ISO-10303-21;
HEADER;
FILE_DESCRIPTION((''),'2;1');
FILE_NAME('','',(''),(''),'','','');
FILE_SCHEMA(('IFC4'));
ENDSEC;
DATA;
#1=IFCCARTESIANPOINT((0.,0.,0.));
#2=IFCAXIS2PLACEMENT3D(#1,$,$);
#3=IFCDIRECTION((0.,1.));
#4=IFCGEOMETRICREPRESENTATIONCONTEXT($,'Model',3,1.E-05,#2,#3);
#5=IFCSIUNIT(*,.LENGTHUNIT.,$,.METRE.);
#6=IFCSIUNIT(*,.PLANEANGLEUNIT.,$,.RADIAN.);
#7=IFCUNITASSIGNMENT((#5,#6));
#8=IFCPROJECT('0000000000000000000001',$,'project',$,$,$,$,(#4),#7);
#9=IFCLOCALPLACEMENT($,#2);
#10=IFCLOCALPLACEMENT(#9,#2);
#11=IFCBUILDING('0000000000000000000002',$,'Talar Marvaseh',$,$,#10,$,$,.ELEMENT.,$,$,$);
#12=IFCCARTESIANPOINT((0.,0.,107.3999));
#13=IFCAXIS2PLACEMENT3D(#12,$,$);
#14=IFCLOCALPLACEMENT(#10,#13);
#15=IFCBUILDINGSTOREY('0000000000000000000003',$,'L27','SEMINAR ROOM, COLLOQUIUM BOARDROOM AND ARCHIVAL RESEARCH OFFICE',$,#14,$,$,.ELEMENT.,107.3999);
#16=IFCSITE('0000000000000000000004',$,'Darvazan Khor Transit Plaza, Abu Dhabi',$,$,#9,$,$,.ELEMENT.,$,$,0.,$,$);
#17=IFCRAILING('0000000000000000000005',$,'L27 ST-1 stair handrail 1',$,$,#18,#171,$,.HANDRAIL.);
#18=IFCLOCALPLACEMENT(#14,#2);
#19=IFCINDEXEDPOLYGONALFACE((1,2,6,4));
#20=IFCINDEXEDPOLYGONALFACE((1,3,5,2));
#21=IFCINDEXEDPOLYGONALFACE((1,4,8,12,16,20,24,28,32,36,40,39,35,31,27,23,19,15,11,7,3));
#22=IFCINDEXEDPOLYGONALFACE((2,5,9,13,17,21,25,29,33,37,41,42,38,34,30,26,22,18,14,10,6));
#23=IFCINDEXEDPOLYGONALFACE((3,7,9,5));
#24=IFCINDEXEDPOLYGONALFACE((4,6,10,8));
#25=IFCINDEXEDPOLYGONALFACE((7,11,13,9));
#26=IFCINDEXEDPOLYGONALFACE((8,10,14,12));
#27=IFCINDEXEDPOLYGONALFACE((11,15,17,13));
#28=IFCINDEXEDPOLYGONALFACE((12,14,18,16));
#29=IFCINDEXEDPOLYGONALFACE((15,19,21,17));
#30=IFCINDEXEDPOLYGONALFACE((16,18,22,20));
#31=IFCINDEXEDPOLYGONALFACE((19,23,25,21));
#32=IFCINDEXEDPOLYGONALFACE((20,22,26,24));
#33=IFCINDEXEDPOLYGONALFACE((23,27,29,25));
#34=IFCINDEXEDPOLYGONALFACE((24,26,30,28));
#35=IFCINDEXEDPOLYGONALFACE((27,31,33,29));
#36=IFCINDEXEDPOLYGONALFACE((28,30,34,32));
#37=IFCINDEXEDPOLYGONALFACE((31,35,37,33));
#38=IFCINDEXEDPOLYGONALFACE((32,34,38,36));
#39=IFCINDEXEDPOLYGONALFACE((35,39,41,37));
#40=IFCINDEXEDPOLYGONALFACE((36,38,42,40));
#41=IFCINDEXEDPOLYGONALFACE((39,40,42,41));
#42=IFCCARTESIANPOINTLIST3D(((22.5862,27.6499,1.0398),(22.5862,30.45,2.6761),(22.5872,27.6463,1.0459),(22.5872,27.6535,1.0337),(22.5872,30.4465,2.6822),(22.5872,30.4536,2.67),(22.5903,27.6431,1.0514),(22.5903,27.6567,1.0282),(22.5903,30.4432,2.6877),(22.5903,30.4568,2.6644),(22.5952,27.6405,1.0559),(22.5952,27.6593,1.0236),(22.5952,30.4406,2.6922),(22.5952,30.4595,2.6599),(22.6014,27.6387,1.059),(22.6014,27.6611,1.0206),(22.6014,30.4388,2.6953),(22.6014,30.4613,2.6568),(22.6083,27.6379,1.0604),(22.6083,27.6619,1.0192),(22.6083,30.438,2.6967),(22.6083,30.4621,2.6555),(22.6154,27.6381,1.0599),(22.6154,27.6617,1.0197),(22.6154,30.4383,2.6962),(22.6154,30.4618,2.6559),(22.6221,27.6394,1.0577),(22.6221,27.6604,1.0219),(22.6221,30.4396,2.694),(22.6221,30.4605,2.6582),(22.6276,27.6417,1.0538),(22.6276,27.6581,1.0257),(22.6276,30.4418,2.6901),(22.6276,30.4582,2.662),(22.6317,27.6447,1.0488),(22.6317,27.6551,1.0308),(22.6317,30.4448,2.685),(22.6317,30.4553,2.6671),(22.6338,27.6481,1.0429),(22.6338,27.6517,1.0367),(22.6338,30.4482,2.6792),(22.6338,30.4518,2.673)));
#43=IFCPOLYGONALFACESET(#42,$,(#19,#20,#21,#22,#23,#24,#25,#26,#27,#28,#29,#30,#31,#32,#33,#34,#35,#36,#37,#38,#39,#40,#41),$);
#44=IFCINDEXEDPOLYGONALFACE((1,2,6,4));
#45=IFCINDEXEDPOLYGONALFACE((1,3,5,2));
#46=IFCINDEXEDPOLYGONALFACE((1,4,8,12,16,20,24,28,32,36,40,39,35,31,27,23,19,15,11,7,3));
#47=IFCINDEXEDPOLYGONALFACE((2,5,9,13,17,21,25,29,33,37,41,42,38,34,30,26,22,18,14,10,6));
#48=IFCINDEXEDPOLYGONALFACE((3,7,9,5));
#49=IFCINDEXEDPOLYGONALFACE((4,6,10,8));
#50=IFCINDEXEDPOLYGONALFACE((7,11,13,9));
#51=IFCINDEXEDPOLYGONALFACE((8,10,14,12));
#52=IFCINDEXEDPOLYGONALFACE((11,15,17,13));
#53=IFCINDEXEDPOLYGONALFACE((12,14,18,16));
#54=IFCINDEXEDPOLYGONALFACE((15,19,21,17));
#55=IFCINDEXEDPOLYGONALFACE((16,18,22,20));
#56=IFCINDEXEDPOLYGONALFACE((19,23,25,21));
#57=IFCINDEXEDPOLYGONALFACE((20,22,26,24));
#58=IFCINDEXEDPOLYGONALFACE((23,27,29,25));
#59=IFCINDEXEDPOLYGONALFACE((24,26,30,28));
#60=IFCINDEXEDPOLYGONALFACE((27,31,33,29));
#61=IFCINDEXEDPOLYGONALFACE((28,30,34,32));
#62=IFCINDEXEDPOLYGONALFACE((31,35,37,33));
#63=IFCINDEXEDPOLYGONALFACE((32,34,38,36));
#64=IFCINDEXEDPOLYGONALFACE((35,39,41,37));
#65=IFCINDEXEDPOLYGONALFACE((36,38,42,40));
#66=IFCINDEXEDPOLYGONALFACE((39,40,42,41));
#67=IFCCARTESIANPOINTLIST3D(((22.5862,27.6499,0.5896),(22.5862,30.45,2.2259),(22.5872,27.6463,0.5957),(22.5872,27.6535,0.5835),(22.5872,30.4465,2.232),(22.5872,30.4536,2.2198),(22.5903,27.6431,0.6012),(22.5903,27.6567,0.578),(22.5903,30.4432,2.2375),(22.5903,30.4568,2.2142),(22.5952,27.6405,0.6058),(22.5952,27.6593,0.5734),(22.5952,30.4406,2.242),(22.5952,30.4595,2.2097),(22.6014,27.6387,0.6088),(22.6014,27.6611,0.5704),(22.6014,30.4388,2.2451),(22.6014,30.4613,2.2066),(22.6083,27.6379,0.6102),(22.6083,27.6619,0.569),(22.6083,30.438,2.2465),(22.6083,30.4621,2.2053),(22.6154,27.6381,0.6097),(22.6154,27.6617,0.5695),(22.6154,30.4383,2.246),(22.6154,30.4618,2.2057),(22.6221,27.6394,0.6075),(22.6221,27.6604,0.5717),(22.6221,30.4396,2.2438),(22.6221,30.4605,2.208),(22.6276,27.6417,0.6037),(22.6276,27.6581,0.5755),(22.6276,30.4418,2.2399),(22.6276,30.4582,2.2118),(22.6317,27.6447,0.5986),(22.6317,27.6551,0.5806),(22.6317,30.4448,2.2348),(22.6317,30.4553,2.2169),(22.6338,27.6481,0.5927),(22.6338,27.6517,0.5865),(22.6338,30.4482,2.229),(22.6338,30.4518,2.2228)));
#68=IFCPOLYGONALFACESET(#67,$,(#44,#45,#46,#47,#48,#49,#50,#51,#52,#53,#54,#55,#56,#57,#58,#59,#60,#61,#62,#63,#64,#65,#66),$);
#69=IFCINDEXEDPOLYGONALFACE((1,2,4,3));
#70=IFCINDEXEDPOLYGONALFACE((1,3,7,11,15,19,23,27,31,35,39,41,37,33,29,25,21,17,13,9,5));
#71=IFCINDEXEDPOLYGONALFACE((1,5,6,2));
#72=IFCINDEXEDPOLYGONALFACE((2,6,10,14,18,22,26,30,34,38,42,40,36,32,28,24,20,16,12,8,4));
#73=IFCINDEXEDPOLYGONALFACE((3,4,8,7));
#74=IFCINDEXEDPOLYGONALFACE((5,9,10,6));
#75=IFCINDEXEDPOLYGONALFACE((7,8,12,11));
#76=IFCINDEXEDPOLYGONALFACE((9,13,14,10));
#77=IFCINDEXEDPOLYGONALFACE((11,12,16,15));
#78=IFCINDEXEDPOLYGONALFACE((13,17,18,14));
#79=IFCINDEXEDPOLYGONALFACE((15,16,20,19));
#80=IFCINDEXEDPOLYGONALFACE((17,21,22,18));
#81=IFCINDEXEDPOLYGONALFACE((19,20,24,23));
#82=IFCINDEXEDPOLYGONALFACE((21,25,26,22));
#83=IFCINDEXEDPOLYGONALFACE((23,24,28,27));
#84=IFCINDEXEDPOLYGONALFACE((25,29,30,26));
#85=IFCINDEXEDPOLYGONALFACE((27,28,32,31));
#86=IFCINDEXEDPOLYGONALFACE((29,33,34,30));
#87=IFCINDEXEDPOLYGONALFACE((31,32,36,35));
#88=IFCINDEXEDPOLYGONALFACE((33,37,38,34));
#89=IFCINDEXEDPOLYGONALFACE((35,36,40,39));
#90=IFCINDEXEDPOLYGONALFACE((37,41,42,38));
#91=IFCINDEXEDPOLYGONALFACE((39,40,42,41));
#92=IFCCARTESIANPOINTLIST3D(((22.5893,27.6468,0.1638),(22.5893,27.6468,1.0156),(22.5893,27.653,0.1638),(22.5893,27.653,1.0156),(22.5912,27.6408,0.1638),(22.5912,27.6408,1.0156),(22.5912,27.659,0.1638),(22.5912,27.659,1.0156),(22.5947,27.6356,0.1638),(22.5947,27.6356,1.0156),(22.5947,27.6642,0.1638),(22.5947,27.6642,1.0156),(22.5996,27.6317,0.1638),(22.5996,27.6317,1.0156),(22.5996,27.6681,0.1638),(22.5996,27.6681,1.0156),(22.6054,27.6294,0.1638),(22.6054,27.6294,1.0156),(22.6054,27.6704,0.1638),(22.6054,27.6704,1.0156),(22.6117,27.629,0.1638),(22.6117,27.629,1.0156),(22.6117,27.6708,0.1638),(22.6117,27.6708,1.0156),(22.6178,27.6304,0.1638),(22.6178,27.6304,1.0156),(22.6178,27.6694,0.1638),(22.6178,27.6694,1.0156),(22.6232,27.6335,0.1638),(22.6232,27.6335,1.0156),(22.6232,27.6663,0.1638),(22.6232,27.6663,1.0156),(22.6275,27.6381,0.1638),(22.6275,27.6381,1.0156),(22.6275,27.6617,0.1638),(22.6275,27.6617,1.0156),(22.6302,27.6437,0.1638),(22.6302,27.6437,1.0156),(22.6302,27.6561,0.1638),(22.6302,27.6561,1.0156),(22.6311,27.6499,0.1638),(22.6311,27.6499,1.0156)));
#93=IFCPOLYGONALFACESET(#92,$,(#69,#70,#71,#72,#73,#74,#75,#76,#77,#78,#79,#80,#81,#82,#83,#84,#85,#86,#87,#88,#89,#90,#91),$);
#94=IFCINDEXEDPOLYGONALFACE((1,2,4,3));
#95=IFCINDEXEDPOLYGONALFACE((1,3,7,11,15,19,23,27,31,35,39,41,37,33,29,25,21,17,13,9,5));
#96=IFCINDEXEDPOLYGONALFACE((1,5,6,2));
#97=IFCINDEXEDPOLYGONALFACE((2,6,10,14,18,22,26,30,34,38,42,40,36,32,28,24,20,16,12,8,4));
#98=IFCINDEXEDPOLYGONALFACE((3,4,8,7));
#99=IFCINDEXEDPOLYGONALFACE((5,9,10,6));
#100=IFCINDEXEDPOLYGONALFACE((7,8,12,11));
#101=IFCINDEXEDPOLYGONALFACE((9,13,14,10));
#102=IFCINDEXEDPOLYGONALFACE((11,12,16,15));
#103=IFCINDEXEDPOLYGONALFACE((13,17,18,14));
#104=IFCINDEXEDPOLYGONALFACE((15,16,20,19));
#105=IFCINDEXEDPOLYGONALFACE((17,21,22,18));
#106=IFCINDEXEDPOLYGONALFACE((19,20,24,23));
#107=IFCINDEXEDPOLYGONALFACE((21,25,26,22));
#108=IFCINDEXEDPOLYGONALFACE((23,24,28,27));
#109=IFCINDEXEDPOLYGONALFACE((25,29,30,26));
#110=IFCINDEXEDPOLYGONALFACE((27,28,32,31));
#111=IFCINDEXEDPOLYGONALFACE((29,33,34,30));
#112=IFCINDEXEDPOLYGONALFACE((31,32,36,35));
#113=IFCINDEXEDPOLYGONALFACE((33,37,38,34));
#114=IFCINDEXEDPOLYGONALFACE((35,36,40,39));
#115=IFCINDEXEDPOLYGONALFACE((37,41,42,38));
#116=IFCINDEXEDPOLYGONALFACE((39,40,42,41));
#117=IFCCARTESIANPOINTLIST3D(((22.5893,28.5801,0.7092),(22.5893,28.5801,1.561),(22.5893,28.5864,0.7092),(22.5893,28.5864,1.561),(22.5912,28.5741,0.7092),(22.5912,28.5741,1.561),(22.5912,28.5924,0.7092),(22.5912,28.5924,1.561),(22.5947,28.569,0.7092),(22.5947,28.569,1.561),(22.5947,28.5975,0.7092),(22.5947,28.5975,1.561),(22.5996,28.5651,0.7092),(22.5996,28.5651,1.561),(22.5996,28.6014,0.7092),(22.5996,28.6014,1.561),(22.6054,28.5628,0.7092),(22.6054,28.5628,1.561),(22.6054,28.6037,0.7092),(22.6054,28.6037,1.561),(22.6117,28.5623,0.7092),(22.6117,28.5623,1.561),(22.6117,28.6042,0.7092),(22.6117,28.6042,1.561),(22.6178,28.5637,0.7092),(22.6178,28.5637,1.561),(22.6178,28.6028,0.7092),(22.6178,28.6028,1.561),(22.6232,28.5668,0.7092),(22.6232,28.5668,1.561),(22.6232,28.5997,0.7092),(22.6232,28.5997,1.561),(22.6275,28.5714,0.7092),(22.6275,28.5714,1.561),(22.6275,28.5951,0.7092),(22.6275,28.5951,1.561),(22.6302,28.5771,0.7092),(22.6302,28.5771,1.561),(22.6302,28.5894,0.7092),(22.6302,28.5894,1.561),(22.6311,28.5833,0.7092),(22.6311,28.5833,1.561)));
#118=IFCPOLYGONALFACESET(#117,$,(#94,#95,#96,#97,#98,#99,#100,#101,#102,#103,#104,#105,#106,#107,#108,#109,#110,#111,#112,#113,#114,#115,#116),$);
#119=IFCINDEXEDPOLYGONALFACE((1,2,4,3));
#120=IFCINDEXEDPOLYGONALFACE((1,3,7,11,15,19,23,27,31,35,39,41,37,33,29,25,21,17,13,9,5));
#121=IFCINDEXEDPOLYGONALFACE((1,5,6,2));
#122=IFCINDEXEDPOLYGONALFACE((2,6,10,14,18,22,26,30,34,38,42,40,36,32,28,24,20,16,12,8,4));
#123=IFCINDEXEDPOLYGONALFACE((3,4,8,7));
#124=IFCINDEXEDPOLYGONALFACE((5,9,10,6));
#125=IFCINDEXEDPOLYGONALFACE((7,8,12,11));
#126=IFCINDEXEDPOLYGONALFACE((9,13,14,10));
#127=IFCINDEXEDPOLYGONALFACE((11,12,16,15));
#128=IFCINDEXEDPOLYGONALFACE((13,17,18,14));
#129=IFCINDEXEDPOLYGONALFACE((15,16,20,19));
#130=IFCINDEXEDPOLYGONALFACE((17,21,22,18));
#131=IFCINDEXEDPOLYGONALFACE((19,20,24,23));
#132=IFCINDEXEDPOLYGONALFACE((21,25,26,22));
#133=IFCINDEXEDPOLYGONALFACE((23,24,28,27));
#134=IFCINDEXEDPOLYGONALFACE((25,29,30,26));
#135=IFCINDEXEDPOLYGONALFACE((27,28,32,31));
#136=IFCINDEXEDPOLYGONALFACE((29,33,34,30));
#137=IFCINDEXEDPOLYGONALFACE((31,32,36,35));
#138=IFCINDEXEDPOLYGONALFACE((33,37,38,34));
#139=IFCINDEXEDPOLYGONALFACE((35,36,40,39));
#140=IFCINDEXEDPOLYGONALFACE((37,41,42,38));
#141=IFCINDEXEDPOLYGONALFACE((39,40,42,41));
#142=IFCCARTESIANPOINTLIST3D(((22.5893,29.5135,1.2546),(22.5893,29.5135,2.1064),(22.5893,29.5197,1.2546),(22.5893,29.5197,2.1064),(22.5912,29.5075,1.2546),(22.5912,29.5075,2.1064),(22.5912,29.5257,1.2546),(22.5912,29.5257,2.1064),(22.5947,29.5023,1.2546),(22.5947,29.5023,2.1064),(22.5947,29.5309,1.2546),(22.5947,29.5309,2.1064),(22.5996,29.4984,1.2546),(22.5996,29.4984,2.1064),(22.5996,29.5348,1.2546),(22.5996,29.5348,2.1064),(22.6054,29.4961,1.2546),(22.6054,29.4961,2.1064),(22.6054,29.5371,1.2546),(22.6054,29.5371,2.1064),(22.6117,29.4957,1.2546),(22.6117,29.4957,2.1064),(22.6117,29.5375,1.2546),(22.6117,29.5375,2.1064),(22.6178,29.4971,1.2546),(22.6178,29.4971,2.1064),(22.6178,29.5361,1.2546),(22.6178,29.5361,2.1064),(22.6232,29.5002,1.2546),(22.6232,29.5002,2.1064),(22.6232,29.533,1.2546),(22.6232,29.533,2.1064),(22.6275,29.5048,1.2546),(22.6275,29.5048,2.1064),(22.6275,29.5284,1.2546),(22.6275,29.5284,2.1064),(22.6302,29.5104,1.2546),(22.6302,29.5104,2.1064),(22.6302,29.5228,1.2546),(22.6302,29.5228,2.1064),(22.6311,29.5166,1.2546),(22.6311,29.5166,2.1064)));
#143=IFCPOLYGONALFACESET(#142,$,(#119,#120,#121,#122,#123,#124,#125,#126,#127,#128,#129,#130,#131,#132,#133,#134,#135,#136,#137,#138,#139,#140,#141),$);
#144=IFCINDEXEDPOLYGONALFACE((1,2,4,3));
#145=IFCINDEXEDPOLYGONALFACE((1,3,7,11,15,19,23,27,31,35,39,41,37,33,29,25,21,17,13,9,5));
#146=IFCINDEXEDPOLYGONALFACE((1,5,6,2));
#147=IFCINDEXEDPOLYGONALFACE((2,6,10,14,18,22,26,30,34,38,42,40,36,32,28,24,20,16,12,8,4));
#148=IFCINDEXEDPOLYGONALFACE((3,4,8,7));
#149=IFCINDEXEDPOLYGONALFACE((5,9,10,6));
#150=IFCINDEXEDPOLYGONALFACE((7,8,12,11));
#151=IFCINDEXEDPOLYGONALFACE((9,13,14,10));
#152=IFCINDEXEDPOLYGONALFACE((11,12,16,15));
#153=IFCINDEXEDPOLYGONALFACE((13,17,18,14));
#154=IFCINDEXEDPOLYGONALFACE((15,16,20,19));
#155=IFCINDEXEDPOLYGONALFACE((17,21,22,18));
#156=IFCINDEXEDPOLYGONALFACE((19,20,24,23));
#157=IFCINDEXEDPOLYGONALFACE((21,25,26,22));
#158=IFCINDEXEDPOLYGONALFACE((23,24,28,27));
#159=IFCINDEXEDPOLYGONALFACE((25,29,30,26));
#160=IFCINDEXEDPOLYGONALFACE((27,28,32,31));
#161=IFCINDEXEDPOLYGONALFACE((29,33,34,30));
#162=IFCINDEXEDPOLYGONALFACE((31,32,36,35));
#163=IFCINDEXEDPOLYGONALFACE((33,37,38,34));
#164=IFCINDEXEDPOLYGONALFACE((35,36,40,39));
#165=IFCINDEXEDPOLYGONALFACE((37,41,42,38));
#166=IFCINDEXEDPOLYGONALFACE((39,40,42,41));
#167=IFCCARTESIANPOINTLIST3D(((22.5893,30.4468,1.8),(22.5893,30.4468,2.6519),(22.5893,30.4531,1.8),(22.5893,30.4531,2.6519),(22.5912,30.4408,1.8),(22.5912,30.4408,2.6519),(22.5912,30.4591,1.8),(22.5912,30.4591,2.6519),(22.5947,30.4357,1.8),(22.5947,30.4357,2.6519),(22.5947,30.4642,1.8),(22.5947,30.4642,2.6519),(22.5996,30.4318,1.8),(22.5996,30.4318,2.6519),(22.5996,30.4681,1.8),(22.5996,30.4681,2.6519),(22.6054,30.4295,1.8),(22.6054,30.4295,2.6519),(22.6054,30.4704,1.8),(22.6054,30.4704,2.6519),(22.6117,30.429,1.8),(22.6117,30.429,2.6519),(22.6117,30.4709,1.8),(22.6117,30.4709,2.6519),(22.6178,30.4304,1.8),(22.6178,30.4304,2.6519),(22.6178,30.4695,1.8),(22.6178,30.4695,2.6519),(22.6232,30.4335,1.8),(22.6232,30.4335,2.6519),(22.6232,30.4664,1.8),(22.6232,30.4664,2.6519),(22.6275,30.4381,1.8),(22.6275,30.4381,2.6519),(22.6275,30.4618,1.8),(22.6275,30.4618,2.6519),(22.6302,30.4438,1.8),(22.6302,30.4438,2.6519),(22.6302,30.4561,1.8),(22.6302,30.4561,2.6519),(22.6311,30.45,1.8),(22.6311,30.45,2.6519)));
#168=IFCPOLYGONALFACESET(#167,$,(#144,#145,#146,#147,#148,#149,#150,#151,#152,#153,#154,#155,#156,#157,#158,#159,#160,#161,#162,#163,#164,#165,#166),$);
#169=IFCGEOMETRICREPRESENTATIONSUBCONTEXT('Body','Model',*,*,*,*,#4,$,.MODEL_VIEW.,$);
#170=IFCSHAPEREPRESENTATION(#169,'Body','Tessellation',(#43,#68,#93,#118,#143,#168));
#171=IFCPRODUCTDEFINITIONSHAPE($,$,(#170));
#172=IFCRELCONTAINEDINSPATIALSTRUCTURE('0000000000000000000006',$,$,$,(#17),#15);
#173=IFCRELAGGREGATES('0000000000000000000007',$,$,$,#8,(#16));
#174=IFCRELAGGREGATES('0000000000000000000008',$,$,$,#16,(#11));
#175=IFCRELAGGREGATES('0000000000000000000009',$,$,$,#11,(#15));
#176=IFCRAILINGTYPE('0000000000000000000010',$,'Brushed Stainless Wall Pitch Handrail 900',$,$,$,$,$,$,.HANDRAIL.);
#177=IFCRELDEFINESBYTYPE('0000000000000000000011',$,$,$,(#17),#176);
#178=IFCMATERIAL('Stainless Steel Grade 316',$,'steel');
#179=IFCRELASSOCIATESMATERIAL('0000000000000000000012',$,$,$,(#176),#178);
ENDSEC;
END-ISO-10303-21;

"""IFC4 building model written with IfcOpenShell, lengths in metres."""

from ifc_helpers import new_model, si_unit, direction, frame, origin, origin_2d, place, context, subcontext, project, spatial, circle, extrude, material, type_object, element, save


model = new_model("IFC4")

# Units and contexts
model_context = context("Model", 3, precision=1e-05, world=origin(), true_north=direction((0.0, 1.0)))
body_context = subcontext(model_context, "Body", "Model", "MODEL_VIEW")
ifc_project = project(units=[si_unit("LENGTHUNIT", "METRE"), si_unit("PLANEANGLEUNIT", "RADIAN")], contexts=[model_context])

# Site, building, storey
site_placement = place(None, origin())
site = spatial("IfcSite", under=ifc_project, at=site_placement, Name="Darvazan Khor Transit Plaza, Abu Dhabi", CompositionType="ELEMENT", RefElevation=0.0)
building_placement = place(site_placement, origin())
building = spatial("IfcBuilding", under=site, at=building_placement, Name="Talar Marvaseh", CompositionType="ELEMENT")
storey_placement = place(building_placement, frame((0.0, 0.0, 107.3999)))
storey = spatial("IfcBuildingStorey", under=building, at=storey_placement, Name="L27", Description="SEMINAR ROOM, COLLOQUIUM BOARDROOM AND ARCHIVAL RESEARCH OFFICE", CompositionType="ELEMENT", Elevation=107.3999)

# Railing
ifc_material_1 = material(Name="Stainless Steel Grade 316", Category="steel")
railing_type_1 = type_object("IfcRailingType", Name="Brushed Stainless Wall Pitch Handrail 900", PredefinedType="HANDRAIL", material=ifc_material_1)
railing_1_placement = place(storey_placement, frame((22.6101, 27.6499, 0.1638)))
element("IfcRailing", 1, at=railing_1_placement, inside=storey, type_object=railing_type_1, Name="L27 ST-1 stair handrail 1", PredefinedType="HANDRAIL", context=body_context, shape_type="SweptSolid", body=[
    extrude(circle(Radius=0.0239, at=origin_2d()), frame((0.0, 0.0, 0.876), z_axis=(0.0, 0.863394, 0.504531), x_axis=(-1.0, 0.0, 0.0)), (0.0, 0.0, 1.0), 3.2432),
    extrude(circle(Radius=0.0239, at=origin_2d()), frame((0.0, 0.0, 0.4258), z_axis=(0.0, 0.863394, 0.504531), x_axis=(-1.0, 0.0, 0.0)), (0.0, 0.0, 1.0), 3.2432),
    extrude(circle(Radius=0.021, at=origin_2d()), origin(), (0.0, 0.0, 1.0), 0.8518),
    extrude(circle(Radius=0.021, at=origin_2d()), frame((0.0, 0.9333, 0.5454)), (0.0, 0.0, 1.0), 0.8518),
    extrude(circle(Radius=0.021, at=origin_2d()), frame((0.0, 1.8667, 1.0908)), (0.0, 0.0, 1.0), 0.8518),
    extrude(circle(Radius=0.021, at=origin_2d()), frame((0.0, 2.8, 1.6362)), (0.0, 0.0, 1.0), 0.8518),
])

save(model, "model.ifc")
